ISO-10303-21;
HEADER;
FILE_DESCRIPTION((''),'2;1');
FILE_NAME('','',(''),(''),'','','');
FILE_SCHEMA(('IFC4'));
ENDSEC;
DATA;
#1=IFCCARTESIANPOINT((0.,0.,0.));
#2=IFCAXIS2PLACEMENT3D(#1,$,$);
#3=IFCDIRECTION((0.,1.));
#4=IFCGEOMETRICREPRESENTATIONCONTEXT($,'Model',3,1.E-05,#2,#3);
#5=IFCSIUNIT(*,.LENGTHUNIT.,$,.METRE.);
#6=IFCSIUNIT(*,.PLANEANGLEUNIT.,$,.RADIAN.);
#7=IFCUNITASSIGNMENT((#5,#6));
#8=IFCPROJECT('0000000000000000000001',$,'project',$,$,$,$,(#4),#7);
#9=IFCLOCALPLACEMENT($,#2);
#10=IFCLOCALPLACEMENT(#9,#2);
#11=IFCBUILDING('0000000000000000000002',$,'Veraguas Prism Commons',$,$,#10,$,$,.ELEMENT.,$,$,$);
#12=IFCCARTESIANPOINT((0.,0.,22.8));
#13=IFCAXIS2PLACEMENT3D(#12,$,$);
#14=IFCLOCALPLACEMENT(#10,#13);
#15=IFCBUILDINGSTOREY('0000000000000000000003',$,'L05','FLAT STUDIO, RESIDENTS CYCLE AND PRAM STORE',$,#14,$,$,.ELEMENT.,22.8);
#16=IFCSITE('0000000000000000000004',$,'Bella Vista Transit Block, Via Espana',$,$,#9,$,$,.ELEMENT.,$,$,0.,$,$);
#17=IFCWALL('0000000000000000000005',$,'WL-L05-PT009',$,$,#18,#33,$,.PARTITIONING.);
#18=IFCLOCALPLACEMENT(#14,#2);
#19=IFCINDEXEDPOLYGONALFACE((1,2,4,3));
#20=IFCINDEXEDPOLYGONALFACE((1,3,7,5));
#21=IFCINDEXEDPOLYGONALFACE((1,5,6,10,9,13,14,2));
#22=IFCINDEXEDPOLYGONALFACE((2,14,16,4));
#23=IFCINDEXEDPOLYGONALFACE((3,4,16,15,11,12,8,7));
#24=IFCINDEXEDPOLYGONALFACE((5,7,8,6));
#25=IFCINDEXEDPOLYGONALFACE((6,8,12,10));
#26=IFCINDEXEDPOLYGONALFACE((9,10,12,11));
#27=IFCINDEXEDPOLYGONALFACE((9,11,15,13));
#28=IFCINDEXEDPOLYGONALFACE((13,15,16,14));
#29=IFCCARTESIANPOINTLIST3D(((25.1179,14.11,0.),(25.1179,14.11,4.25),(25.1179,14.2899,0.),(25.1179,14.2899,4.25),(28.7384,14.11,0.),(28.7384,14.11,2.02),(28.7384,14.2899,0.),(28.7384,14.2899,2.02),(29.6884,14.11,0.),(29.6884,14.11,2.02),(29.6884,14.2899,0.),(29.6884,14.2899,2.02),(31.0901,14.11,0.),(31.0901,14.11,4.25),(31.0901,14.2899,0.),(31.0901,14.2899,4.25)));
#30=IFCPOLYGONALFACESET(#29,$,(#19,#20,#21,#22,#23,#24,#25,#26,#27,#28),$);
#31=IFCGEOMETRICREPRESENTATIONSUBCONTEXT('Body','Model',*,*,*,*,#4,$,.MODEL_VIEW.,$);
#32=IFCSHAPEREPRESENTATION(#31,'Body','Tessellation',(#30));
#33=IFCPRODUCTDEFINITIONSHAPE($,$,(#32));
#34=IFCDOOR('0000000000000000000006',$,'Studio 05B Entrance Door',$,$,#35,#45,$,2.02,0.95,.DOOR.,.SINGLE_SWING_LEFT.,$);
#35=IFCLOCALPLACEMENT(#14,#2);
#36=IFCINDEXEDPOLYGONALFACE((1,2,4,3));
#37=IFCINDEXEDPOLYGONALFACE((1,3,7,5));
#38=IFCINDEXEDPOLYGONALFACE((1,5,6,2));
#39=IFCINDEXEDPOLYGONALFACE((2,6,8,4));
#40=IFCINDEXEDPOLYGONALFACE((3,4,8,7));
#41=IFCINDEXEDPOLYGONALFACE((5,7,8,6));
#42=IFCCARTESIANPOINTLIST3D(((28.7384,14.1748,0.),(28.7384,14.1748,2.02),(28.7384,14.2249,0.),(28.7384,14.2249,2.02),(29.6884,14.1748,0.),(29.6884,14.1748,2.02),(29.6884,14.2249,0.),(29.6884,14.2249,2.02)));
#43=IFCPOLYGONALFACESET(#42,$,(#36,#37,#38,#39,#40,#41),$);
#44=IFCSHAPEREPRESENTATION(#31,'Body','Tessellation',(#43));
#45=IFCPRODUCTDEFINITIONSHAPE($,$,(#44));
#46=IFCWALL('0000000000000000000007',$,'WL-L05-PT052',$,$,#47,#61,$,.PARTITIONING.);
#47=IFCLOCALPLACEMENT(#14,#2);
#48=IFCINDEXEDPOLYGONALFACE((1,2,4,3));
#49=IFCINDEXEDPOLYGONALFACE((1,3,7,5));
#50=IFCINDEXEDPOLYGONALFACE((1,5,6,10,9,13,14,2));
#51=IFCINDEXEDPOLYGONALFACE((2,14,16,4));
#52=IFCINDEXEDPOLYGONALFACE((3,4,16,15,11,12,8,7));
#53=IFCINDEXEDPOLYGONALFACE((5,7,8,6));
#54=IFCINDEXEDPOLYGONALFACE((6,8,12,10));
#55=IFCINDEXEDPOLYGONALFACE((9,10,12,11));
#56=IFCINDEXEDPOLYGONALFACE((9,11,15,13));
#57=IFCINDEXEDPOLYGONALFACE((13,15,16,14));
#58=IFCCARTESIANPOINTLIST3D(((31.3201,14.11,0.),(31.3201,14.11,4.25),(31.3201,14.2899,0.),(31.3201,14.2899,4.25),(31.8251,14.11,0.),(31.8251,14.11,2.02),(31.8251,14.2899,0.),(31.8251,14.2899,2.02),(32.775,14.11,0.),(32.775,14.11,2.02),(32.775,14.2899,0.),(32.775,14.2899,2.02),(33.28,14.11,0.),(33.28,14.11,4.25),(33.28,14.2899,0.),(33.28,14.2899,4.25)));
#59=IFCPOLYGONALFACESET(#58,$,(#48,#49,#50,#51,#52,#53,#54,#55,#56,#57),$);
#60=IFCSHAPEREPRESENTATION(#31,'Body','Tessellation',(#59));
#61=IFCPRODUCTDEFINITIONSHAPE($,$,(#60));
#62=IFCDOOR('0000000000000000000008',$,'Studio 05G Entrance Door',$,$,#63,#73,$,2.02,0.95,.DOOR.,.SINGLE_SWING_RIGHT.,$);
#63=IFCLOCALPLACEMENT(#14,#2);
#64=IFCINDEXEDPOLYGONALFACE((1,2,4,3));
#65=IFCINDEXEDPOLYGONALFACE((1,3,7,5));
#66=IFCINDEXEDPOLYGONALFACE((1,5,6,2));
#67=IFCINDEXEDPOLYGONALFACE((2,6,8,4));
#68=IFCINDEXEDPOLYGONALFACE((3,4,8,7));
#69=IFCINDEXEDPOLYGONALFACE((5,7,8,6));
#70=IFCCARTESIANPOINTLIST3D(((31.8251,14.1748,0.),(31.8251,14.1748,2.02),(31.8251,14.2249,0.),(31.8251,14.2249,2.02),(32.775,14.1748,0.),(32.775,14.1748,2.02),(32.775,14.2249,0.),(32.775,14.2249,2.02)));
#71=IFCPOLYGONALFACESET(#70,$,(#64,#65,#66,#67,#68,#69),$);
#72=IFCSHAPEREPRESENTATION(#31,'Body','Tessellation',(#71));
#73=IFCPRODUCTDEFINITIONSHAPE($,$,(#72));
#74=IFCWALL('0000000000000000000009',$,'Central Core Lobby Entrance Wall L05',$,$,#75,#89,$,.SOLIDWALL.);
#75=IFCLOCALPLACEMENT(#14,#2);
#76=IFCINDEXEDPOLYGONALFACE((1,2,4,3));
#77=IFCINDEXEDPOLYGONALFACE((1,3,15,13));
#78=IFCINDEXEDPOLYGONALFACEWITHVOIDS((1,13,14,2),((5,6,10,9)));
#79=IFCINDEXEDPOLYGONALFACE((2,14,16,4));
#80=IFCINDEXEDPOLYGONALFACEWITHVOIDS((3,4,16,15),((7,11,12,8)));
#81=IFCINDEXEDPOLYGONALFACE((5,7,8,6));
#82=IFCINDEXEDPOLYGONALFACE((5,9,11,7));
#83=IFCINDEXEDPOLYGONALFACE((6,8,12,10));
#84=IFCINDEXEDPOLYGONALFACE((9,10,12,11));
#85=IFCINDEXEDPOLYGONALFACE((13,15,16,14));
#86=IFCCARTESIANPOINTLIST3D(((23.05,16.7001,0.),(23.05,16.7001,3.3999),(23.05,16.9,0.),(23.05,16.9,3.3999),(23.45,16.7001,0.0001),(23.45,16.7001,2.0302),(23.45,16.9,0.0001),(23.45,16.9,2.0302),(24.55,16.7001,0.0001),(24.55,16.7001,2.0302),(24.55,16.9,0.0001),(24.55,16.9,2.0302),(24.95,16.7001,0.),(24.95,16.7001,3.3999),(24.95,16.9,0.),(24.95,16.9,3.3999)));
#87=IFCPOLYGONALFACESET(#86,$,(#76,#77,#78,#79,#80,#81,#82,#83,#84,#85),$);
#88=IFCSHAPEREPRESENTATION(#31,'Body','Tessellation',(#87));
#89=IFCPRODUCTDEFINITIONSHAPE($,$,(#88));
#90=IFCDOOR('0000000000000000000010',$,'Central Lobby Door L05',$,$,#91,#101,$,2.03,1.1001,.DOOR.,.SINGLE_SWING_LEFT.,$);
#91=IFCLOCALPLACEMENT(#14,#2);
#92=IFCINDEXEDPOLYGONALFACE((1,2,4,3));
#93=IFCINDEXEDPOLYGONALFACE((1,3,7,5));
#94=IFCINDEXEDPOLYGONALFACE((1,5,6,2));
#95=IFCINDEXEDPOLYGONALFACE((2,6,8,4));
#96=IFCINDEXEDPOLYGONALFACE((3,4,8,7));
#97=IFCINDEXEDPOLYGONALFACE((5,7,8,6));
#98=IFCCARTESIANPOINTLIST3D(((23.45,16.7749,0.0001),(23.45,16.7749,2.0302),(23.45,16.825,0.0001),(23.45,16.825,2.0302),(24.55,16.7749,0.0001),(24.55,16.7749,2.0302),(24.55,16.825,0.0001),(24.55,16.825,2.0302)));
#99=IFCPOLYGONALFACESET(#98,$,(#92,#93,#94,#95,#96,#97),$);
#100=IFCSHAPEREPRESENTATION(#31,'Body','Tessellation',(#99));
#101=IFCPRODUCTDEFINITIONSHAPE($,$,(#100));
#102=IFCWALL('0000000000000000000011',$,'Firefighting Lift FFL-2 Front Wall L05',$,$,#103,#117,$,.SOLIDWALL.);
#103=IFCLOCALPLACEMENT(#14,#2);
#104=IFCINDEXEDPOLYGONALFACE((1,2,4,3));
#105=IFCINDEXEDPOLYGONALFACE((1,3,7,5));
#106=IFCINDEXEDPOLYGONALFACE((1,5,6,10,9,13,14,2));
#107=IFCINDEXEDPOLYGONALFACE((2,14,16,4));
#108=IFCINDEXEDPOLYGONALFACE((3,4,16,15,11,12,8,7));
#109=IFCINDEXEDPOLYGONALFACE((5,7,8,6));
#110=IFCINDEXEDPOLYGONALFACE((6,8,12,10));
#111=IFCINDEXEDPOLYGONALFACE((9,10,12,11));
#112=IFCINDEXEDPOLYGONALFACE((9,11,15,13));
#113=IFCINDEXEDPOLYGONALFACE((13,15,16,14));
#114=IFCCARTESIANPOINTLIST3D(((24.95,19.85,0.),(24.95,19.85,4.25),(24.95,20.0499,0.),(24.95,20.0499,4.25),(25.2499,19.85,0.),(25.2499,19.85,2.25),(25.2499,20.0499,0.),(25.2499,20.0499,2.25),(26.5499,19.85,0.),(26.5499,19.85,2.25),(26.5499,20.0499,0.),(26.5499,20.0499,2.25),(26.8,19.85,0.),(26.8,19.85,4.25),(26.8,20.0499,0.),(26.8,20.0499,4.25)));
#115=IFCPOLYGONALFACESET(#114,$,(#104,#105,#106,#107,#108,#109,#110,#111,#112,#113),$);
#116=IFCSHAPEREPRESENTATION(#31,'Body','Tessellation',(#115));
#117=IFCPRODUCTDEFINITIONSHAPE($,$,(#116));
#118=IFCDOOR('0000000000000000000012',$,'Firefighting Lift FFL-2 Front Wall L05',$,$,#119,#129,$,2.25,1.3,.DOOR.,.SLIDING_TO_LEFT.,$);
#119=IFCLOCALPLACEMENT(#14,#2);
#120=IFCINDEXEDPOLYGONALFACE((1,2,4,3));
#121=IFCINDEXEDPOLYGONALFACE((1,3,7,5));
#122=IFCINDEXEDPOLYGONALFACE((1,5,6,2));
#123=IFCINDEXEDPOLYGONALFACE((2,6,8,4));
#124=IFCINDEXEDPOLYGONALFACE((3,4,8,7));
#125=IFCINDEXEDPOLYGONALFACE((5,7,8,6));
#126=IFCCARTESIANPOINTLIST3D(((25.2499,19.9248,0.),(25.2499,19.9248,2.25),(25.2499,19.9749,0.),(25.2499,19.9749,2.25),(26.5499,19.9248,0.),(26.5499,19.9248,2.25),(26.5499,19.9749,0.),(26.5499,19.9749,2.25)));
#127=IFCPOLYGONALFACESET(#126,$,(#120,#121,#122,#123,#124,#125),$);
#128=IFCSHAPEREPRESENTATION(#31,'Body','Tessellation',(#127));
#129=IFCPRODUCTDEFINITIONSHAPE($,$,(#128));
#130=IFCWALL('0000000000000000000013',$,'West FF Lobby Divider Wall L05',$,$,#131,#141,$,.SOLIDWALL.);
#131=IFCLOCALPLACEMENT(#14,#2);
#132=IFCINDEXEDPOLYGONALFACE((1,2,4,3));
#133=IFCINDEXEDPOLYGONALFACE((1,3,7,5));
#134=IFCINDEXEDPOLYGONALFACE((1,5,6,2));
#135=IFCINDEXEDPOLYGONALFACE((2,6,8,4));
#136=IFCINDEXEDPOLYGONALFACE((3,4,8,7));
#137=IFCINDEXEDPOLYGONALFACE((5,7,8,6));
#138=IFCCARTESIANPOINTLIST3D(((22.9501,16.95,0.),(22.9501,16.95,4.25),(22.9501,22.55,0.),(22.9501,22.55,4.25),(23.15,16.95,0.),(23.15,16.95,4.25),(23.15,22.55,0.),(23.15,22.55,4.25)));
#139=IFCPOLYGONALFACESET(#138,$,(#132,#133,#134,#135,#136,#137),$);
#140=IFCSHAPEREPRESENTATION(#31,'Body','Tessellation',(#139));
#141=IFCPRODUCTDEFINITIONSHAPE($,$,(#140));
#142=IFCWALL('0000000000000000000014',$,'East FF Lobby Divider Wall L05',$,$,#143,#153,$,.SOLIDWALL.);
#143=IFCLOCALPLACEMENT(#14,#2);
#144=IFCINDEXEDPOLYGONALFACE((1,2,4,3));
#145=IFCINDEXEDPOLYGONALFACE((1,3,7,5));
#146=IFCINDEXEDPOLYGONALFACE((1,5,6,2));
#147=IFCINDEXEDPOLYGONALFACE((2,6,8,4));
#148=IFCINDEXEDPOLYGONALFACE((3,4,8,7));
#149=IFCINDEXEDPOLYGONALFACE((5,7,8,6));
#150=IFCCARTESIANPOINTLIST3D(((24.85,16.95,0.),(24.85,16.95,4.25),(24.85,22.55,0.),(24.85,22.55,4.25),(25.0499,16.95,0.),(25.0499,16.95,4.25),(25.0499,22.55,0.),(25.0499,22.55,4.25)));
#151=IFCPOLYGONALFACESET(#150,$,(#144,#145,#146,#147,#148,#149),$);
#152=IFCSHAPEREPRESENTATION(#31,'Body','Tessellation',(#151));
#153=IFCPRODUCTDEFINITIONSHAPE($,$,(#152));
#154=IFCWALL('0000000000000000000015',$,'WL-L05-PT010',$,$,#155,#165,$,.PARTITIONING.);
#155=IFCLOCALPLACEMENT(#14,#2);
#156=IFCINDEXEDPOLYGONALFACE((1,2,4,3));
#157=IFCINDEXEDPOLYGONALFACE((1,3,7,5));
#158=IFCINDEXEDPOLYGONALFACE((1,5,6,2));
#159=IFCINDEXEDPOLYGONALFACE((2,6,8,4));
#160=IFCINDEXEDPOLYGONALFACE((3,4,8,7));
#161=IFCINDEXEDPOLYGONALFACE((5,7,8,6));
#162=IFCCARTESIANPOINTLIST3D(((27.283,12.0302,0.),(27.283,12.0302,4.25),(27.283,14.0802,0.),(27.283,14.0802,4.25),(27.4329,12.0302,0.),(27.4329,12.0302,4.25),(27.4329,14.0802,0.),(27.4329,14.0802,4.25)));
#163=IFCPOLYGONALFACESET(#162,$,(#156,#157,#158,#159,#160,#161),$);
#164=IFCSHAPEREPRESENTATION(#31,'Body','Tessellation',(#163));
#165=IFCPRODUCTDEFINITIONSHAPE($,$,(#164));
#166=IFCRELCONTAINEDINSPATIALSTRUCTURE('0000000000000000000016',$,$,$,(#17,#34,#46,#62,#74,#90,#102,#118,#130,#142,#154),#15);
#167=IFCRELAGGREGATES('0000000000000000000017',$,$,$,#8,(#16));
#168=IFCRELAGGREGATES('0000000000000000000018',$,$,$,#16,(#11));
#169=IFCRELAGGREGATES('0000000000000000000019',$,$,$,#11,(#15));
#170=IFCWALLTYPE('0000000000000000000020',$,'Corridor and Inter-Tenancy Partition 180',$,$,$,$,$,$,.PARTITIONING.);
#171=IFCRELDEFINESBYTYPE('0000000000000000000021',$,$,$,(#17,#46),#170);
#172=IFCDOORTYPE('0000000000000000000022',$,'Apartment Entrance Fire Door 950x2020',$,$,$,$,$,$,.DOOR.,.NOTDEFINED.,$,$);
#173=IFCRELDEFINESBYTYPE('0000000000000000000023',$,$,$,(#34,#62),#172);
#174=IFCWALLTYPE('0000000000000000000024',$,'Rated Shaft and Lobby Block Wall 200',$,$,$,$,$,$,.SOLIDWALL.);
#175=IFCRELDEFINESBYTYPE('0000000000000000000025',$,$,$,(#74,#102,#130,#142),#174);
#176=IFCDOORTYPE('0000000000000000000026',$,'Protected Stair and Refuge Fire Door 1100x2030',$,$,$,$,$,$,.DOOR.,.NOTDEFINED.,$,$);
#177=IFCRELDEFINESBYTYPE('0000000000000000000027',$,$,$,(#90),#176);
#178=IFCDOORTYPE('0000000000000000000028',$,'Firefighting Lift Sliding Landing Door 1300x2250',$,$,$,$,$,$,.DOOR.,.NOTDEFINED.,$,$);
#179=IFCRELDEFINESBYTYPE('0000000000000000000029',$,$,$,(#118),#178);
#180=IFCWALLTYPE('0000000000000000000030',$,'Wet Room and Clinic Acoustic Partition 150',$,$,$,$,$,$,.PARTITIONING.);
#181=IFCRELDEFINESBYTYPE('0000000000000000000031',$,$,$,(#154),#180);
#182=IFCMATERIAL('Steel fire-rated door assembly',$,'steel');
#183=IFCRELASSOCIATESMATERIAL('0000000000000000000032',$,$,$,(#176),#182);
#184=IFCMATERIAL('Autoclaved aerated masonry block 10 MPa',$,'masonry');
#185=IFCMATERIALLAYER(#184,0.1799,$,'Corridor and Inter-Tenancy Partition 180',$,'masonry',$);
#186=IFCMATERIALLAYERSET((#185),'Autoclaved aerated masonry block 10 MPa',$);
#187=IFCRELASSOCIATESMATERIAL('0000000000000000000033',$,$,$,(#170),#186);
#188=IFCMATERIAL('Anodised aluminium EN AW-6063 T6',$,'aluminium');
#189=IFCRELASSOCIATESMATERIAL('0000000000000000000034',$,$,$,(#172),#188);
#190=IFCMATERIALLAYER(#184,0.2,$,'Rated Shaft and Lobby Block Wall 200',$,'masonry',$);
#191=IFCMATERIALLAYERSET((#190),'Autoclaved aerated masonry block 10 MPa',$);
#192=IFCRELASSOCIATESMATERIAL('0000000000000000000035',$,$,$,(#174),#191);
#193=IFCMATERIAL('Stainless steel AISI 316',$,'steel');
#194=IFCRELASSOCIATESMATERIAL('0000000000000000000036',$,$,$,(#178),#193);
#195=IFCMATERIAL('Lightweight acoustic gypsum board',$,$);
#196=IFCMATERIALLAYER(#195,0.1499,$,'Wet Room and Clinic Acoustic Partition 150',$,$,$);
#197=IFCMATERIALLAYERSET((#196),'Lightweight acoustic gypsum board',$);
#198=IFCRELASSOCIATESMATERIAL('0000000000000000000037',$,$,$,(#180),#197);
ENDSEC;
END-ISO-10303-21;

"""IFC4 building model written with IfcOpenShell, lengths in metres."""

from ifc_helpers import new_model, si_unit, direction, frame, frame_2d, origin, place, context, subcontext, project, spatial, rectangle, extrude, source, transform, mapped, material, layer, layer_set, type_object, element, fill, save


model = new_model("IFC4")

# Units and contexts
model_context = context("Model", 3, precision=1e-05, world=origin(), true_north=direction((0.0, 1.0)))
body_context = subcontext(model_context, "Body", "Model", "MODEL_VIEW")
ifc_project = project(units=[si_unit("LENGTHUNIT", "METRE"), si_unit("PLANEANGLEUNIT", "RADIAN")], contexts=[model_context])

# Site, building, storey
site_placement = place(None, origin())
site = spatial("IfcSite", under=ifc_project, at=site_placement, Name="Bella Vista Transit Block, Via Espana", CompositionType="ELEMENT", RefElevation=0.0)
building_placement = place(site_placement, origin())
building = spatial("IfcBuilding", under=site, at=building_placement, Name="Veraguas Prism Commons", CompositionType="ELEMENT")
storey_placement = place(building_placement, frame((0.0, 0.0, 22.8)))
storey = spatial("IfcBuildingStorey", under=building, at=storey_placement, Name="L05", Description="FLAT STUDIO, RESIDENTS CYCLE AND PRAM STORE", CompositionType="ELEMENT", Elevation=22.8)

# Shared definitions
ifc_material_1 = material(Name="Steel fire-rated door assembly", Category="steel")
door_type_1 = type_object("IfcDoorType", Name="Protected Stair and Refuge Fire Door 1100x2030", OperationType="NOTDEFINED", PredefinedType="DOOR", material=ifc_material_1)
shared_shape_1 = source(origin(), body_context, "Body", "SweptSolid", [
    extrude(rectangle(XDim=1.1001, YDim=2.03, at=frame_2d((0.55, 1.0151))), frame((0.0, 0.0249, 0.0), z_axis=(0.0, -1.0, 0.0), x_axis=(1.0, 0.0, 0.0)), (0.0, 0.0, 1.0), 0.05),
])

# Shared definitions
ifc_material_2 = material(Name="Autoclaved aerated masonry block 10 MPa", Category="masonry")
ifc_layer_1 = layer(ifc_material_2, 0.1799, Name="Corridor and Inter-Tenancy Partition 180", Category="masonry")
ifc_layer_set_1 = layer_set([ifc_layer_1], Name="Autoclaved aerated masonry block 10 MPa")
wall_type_1 = type_object("IfcWallType", Name="Corridor and Inter-Tenancy Partition 180", PredefinedType="PARTITIONING", material=ifc_layer_set_1)

# Walls, openings, doors
wall_1_placement = place(storey_placement, frame((25.1179, 14.2, 0.0), z_axis=(0.0, 0.0, 1.0), x_axis=(1.0, 0.0, 0.0)))
wall_1 = element("IfcWall", 1, at=wall_1_placement, inside=storey, type_object=wall_type_1, Name="WL-L05-PT009", PredefinedType="PARTITIONING", context=body_context, shape_type="SweptSolid", body=[
    extrude(rectangle(XDim=5.9722, YDim=0.1799, at=frame_2d((2.9861, 0.0))), origin(), (0.0, 0.0, 1.0), 4.25),
])
opening_1_placement = place(wall_1_placement, frame((3.6204, 0.0, 0.0)))
opening_1 = element("IfcOpeningElement", 2, at=opening_1_placement, cuts=wall_1, PredefinedType="OPENING", context=body_context, shape_type="SweptSolid", body=[
    extrude(rectangle(XDim=0.95, YDim=2.02, at=frame_2d((0.4751, 1.01))), frame((0.0, 0.0999, 0.0), z_axis=(0.0, -1.0, 0.0), x_axis=(1.0, 0.0, 0.0)), (0.0, 0.0, 1.0), 0.2),
])
ifc_material_3 = material(Name="Anodised aluminium EN AW-6063 T6", Category="aluminium")
door_type_2 = type_object("IfcDoorType", Name="Apartment Entrance Fire Door 950x2020", OperationType="NOTDEFINED", PredefinedType="DOOR", material=ifc_material_3)
shared_shape_2 = source(origin(), body_context, "Body", "SweptSolid", [
    extrude(rectangle(XDim=0.95, YDim=2.02, at=frame_2d((0.4751, 1.01))), frame((0.0, 0.0249, 0.0), z_axis=(0.0, -1.0, 0.0), x_axis=(1.0, 0.0, 0.0)), (0.0, 0.0, 1.0), 0.05),
])
door_1_placement = place(opening_1_placement, origin())
door_1 = element("IfcDoor", 3, at=door_1_placement, inside=storey, type_object=door_type_2, Name="Studio 05B Entrance Door", OperationType="SINGLE_SWING_LEFT", OverallHeight=2.02, OverallWidth=0.95, PredefinedType="DOOR", context=body_context, shape_type="MappedRepresentation", body=[
    mapped(shared_shape_2, transform((0.0, 0.0, 0.0), scale=1.0)),
])
fill(opening_1, door_1)
wall_2_placement = place(storey_placement, frame((31.3201, 14.2, 0.0), z_axis=(0.0, 0.0, 1.0), x_axis=(1.0, 0.0, 0.0)))
wall_2 = element("IfcWall", 4, at=wall_2_placement, inside=storey, type_object=wall_type_1, Name="WL-L05-PT052", PredefinedType="PARTITIONING", context=body_context, shape_type="SweptSolid", body=[
    extrude(rectangle(XDim=1.96, YDim=0.1799, at=frame_2d((0.98, 0.0))), origin(), (0.0, 0.0, 1.0), 4.25),
])
opening_2_placement = place(wall_2_placement, frame((0.5049, 0.0, 0.0)))
opening_2 = element("IfcOpeningElement", 5, at=opening_2_placement, cuts=wall_2, PredefinedType="OPENING", context=body_context, shape_type="SweptSolid", body=[
    extrude(rectangle(XDim=0.95, YDim=2.02, at=frame_2d((0.4751, 1.01))), frame((0.0, 0.0999, 0.0), z_axis=(0.0, -1.0, 0.0), x_axis=(1.0, 0.0, 0.0)), (0.0, 0.0, 1.0), 0.2),
])
door_2_placement = place(opening_2_placement, origin())
door_2 = element("IfcDoor", 6, at=door_2_placement, inside=storey, type_object=door_type_2, Name="Studio 05G Entrance Door", OperationType="SINGLE_SWING_RIGHT", OverallHeight=2.02, OverallWidth=0.95, PredefinedType="DOOR", context=body_context, shape_type="MappedRepresentation", body=[
    mapped(shared_shape_2, transform((0.0, 0.0, 0.0), scale=1.0)),
])
fill(opening_2, door_2)
ifc_layer_2 = layer(ifc_material_2, 0.2, Name="Rated Shaft and Lobby Block Wall 200", Category="masonry")
ifc_layer_set_2 = layer_set([ifc_layer_2], Name="Autoclaved aerated masonry block 10 MPa")
wall_type_2 = type_object("IfcWallType", Name="Rated Shaft and Lobby Block Wall 200", PredefinedType="SOLIDWALL", material=ifc_layer_set_2)
wall_3_placement = place(storey_placement, frame((23.05, 16.8, 0.0), z_axis=(0.0, 0.0, 1.0), x_axis=(1.0, 0.0, 0.0)))
wall_3 = element("IfcWall", 7, at=wall_3_placement, inside=storey, type_object=wall_type_2, Name="Central Core Lobby Entrance Wall L05", PredefinedType="SOLIDWALL", context=body_context, shape_type="SweptSolid", body=[
    extrude(rectangle(XDim=1.8999, YDim=0.2, at=frame_2d((0.95, 0.0))), origin(), (0.0, 0.0, 1.0), 3.3999),
])
opening_3_placement = place(wall_3_placement, frame((0.3999, 0.0, 0.0)))
opening_3 = element("IfcOpeningElement", 8, at=opening_3_placement, cuts=wall_3, PredefinedType="OPENING", context=body_context, shape_type="SweptSolid", body=[
    extrude(rectangle(XDim=1.1001, YDim=2.03, at=frame_2d((0.55, 1.0151))), frame((0.0, 0.1099, 0.0), z_axis=(0.0, -1.0, 0.0), x_axis=(1.0, 0.0, 0.0)), (0.0, 0.0, 1.0), 0.22),
])
door_3_placement = place(opening_3_placement, origin())
door_3 = element("IfcDoor", 9, at=door_3_placement, inside=storey, type_object=door_type_1, Name="Central Lobby Door L05", OperationType="SINGLE_SWING_LEFT", OverallHeight=2.03, OverallWidth=1.1001, PredefinedType="DOOR", context=body_context, shape_type="MappedRepresentation", body=[
    mapped(shared_shape_1, transform((0.0, 0.0, 0.0), scale=1.0)),
])
fill(opening_3, door_3)
wall_4_placement = place(storey_placement, frame((24.95, 19.95, 0.0), z_axis=(0.0, 0.0, 1.0), x_axis=(1.0, 0.0, 0.0)))
wall_4 = element("IfcWall", 10, at=wall_4_placement, inside=storey, type_object=wall_type_2, Name="Firefighting Lift FFL-2 Front Wall L05", PredefinedType="SOLIDWALL", context=body_context, shape_type="SweptSolid", body=[
    extrude(rectangle(XDim=1.8501, YDim=0.2, at=frame_2d((0.925, 0.0))), origin(), (0.0, 0.0, 1.0), 4.25),
])
opening_4_placement = place(wall_4_placement, frame((0.3, 0.0, 0.0)))
opening_4 = element("IfcOpeningElement", 11, at=opening_4_placement, cuts=wall_4, PredefinedType="OPENING", context=body_context, shape_type="SweptSolid", body=[
    extrude(rectangle(XDim=1.3, YDim=2.25, at=frame_2d((0.6499, 1.125))), frame((0.0, 0.1099, 0.0), z_axis=(0.0, -1.0, 0.0), x_axis=(1.0, 0.0, 0.0)), (0.0, 0.0, 1.0), 0.22),
])
ifc_material_4 = material(Name="Stainless steel AISI 316", Category="steel")
door_type_3 = type_object("IfcDoorType", Name="Firefighting Lift Sliding Landing Door 1300x2250", OperationType="NOTDEFINED", PredefinedType="DOOR", material=ifc_material_4)
shared_shape_3 = source(origin(), body_context, "Body", "SweptSolid", [
    extrude(rectangle(XDim=1.3, YDim=2.25, at=frame_2d((0.6499, 1.125))), frame((0.0, 0.0249, 0.0), z_axis=(0.0, -1.0, 0.0), x_axis=(1.0, 0.0, 0.0)), (0.0, 0.0, 1.0), 0.05),
])
door_4_placement = place(opening_4_placement, origin())
door_4 = element("IfcDoor", 12, at=door_4_placement, inside=storey, type_object=door_type_3, Name="Firefighting Lift FFL-2 Front Wall L05", OperationType="SLIDING_TO_LEFT", OverallHeight=2.25, OverallWidth=1.3, PredefinedType="DOOR", context=body_context, shape_type="MappedRepresentation", body=[
    mapped(shared_shape_3, transform((0.0, 0.0, 0.0), scale=1.0)),
])
fill(opening_4, door_4)

# Walls
for number, where, z_axis, x_axis, name in (
    (13, (23.05, 16.95, 0.0), (0.0, 0.0, 1.0), (0.0, 1.0, 0.0), "West FF Lobby Divider Wall L05"),
    (14, (24.95, 16.95, 0.0), (0.0, 0.0, 1.0), (0.0, 1.0, 0.0), "East FF Lobby Divider Wall L05"),
):
    element("IfcWall", number, at=place(storey_placement, frame(where, z_axis=z_axis, x_axis=x_axis)), inside=storey, type_object=wall_type_2, Name=name, PredefinedType="SOLIDWALL", context=body_context, shape_type="SweptSolid", body=[
        extrude(rectangle(XDim=5.6001, YDim=0.2, at=frame_2d((2.8, 0.0))), origin(), (0.0, 0.0, 1.0), 4.25),
    ])
ifc_material_5 = material(Name="Lightweight acoustic gypsum board")
ifc_layer_3 = layer(ifc_material_5, 0.1499, Name="Wet Room and Clinic Acoustic Partition 150")
ifc_layer_set_3 = layer_set([ifc_layer_3], Name="Lightweight acoustic gypsum board")
wall_type_3 = type_object("IfcWallType", Name="Wet Room and Clinic Acoustic Partition 150", PredefinedType="PARTITIONING", material=ifc_layer_set_3)
wall_5_placement = place(storey_placement, frame((27.3579, 14.0801, 0.0), z_axis=(0.0, 0.0, 1.0), x_axis=(0.0, -1.0, 0.0)))
element("IfcWall", 15, at=wall_5_placement, inside=storey, type_object=wall_type_3, Name="WL-L05-PT010", PredefinedType="PARTITIONING", context=body_context, shape_type="SweptSolid", body=[
    extrude(rectangle(XDim=2.05, YDim=0.1499, at=frame_2d((1.0249, 0.0))), origin(), (0.0, 0.0, 1.0), 4.25),
])

save(model, "model.ifc")
